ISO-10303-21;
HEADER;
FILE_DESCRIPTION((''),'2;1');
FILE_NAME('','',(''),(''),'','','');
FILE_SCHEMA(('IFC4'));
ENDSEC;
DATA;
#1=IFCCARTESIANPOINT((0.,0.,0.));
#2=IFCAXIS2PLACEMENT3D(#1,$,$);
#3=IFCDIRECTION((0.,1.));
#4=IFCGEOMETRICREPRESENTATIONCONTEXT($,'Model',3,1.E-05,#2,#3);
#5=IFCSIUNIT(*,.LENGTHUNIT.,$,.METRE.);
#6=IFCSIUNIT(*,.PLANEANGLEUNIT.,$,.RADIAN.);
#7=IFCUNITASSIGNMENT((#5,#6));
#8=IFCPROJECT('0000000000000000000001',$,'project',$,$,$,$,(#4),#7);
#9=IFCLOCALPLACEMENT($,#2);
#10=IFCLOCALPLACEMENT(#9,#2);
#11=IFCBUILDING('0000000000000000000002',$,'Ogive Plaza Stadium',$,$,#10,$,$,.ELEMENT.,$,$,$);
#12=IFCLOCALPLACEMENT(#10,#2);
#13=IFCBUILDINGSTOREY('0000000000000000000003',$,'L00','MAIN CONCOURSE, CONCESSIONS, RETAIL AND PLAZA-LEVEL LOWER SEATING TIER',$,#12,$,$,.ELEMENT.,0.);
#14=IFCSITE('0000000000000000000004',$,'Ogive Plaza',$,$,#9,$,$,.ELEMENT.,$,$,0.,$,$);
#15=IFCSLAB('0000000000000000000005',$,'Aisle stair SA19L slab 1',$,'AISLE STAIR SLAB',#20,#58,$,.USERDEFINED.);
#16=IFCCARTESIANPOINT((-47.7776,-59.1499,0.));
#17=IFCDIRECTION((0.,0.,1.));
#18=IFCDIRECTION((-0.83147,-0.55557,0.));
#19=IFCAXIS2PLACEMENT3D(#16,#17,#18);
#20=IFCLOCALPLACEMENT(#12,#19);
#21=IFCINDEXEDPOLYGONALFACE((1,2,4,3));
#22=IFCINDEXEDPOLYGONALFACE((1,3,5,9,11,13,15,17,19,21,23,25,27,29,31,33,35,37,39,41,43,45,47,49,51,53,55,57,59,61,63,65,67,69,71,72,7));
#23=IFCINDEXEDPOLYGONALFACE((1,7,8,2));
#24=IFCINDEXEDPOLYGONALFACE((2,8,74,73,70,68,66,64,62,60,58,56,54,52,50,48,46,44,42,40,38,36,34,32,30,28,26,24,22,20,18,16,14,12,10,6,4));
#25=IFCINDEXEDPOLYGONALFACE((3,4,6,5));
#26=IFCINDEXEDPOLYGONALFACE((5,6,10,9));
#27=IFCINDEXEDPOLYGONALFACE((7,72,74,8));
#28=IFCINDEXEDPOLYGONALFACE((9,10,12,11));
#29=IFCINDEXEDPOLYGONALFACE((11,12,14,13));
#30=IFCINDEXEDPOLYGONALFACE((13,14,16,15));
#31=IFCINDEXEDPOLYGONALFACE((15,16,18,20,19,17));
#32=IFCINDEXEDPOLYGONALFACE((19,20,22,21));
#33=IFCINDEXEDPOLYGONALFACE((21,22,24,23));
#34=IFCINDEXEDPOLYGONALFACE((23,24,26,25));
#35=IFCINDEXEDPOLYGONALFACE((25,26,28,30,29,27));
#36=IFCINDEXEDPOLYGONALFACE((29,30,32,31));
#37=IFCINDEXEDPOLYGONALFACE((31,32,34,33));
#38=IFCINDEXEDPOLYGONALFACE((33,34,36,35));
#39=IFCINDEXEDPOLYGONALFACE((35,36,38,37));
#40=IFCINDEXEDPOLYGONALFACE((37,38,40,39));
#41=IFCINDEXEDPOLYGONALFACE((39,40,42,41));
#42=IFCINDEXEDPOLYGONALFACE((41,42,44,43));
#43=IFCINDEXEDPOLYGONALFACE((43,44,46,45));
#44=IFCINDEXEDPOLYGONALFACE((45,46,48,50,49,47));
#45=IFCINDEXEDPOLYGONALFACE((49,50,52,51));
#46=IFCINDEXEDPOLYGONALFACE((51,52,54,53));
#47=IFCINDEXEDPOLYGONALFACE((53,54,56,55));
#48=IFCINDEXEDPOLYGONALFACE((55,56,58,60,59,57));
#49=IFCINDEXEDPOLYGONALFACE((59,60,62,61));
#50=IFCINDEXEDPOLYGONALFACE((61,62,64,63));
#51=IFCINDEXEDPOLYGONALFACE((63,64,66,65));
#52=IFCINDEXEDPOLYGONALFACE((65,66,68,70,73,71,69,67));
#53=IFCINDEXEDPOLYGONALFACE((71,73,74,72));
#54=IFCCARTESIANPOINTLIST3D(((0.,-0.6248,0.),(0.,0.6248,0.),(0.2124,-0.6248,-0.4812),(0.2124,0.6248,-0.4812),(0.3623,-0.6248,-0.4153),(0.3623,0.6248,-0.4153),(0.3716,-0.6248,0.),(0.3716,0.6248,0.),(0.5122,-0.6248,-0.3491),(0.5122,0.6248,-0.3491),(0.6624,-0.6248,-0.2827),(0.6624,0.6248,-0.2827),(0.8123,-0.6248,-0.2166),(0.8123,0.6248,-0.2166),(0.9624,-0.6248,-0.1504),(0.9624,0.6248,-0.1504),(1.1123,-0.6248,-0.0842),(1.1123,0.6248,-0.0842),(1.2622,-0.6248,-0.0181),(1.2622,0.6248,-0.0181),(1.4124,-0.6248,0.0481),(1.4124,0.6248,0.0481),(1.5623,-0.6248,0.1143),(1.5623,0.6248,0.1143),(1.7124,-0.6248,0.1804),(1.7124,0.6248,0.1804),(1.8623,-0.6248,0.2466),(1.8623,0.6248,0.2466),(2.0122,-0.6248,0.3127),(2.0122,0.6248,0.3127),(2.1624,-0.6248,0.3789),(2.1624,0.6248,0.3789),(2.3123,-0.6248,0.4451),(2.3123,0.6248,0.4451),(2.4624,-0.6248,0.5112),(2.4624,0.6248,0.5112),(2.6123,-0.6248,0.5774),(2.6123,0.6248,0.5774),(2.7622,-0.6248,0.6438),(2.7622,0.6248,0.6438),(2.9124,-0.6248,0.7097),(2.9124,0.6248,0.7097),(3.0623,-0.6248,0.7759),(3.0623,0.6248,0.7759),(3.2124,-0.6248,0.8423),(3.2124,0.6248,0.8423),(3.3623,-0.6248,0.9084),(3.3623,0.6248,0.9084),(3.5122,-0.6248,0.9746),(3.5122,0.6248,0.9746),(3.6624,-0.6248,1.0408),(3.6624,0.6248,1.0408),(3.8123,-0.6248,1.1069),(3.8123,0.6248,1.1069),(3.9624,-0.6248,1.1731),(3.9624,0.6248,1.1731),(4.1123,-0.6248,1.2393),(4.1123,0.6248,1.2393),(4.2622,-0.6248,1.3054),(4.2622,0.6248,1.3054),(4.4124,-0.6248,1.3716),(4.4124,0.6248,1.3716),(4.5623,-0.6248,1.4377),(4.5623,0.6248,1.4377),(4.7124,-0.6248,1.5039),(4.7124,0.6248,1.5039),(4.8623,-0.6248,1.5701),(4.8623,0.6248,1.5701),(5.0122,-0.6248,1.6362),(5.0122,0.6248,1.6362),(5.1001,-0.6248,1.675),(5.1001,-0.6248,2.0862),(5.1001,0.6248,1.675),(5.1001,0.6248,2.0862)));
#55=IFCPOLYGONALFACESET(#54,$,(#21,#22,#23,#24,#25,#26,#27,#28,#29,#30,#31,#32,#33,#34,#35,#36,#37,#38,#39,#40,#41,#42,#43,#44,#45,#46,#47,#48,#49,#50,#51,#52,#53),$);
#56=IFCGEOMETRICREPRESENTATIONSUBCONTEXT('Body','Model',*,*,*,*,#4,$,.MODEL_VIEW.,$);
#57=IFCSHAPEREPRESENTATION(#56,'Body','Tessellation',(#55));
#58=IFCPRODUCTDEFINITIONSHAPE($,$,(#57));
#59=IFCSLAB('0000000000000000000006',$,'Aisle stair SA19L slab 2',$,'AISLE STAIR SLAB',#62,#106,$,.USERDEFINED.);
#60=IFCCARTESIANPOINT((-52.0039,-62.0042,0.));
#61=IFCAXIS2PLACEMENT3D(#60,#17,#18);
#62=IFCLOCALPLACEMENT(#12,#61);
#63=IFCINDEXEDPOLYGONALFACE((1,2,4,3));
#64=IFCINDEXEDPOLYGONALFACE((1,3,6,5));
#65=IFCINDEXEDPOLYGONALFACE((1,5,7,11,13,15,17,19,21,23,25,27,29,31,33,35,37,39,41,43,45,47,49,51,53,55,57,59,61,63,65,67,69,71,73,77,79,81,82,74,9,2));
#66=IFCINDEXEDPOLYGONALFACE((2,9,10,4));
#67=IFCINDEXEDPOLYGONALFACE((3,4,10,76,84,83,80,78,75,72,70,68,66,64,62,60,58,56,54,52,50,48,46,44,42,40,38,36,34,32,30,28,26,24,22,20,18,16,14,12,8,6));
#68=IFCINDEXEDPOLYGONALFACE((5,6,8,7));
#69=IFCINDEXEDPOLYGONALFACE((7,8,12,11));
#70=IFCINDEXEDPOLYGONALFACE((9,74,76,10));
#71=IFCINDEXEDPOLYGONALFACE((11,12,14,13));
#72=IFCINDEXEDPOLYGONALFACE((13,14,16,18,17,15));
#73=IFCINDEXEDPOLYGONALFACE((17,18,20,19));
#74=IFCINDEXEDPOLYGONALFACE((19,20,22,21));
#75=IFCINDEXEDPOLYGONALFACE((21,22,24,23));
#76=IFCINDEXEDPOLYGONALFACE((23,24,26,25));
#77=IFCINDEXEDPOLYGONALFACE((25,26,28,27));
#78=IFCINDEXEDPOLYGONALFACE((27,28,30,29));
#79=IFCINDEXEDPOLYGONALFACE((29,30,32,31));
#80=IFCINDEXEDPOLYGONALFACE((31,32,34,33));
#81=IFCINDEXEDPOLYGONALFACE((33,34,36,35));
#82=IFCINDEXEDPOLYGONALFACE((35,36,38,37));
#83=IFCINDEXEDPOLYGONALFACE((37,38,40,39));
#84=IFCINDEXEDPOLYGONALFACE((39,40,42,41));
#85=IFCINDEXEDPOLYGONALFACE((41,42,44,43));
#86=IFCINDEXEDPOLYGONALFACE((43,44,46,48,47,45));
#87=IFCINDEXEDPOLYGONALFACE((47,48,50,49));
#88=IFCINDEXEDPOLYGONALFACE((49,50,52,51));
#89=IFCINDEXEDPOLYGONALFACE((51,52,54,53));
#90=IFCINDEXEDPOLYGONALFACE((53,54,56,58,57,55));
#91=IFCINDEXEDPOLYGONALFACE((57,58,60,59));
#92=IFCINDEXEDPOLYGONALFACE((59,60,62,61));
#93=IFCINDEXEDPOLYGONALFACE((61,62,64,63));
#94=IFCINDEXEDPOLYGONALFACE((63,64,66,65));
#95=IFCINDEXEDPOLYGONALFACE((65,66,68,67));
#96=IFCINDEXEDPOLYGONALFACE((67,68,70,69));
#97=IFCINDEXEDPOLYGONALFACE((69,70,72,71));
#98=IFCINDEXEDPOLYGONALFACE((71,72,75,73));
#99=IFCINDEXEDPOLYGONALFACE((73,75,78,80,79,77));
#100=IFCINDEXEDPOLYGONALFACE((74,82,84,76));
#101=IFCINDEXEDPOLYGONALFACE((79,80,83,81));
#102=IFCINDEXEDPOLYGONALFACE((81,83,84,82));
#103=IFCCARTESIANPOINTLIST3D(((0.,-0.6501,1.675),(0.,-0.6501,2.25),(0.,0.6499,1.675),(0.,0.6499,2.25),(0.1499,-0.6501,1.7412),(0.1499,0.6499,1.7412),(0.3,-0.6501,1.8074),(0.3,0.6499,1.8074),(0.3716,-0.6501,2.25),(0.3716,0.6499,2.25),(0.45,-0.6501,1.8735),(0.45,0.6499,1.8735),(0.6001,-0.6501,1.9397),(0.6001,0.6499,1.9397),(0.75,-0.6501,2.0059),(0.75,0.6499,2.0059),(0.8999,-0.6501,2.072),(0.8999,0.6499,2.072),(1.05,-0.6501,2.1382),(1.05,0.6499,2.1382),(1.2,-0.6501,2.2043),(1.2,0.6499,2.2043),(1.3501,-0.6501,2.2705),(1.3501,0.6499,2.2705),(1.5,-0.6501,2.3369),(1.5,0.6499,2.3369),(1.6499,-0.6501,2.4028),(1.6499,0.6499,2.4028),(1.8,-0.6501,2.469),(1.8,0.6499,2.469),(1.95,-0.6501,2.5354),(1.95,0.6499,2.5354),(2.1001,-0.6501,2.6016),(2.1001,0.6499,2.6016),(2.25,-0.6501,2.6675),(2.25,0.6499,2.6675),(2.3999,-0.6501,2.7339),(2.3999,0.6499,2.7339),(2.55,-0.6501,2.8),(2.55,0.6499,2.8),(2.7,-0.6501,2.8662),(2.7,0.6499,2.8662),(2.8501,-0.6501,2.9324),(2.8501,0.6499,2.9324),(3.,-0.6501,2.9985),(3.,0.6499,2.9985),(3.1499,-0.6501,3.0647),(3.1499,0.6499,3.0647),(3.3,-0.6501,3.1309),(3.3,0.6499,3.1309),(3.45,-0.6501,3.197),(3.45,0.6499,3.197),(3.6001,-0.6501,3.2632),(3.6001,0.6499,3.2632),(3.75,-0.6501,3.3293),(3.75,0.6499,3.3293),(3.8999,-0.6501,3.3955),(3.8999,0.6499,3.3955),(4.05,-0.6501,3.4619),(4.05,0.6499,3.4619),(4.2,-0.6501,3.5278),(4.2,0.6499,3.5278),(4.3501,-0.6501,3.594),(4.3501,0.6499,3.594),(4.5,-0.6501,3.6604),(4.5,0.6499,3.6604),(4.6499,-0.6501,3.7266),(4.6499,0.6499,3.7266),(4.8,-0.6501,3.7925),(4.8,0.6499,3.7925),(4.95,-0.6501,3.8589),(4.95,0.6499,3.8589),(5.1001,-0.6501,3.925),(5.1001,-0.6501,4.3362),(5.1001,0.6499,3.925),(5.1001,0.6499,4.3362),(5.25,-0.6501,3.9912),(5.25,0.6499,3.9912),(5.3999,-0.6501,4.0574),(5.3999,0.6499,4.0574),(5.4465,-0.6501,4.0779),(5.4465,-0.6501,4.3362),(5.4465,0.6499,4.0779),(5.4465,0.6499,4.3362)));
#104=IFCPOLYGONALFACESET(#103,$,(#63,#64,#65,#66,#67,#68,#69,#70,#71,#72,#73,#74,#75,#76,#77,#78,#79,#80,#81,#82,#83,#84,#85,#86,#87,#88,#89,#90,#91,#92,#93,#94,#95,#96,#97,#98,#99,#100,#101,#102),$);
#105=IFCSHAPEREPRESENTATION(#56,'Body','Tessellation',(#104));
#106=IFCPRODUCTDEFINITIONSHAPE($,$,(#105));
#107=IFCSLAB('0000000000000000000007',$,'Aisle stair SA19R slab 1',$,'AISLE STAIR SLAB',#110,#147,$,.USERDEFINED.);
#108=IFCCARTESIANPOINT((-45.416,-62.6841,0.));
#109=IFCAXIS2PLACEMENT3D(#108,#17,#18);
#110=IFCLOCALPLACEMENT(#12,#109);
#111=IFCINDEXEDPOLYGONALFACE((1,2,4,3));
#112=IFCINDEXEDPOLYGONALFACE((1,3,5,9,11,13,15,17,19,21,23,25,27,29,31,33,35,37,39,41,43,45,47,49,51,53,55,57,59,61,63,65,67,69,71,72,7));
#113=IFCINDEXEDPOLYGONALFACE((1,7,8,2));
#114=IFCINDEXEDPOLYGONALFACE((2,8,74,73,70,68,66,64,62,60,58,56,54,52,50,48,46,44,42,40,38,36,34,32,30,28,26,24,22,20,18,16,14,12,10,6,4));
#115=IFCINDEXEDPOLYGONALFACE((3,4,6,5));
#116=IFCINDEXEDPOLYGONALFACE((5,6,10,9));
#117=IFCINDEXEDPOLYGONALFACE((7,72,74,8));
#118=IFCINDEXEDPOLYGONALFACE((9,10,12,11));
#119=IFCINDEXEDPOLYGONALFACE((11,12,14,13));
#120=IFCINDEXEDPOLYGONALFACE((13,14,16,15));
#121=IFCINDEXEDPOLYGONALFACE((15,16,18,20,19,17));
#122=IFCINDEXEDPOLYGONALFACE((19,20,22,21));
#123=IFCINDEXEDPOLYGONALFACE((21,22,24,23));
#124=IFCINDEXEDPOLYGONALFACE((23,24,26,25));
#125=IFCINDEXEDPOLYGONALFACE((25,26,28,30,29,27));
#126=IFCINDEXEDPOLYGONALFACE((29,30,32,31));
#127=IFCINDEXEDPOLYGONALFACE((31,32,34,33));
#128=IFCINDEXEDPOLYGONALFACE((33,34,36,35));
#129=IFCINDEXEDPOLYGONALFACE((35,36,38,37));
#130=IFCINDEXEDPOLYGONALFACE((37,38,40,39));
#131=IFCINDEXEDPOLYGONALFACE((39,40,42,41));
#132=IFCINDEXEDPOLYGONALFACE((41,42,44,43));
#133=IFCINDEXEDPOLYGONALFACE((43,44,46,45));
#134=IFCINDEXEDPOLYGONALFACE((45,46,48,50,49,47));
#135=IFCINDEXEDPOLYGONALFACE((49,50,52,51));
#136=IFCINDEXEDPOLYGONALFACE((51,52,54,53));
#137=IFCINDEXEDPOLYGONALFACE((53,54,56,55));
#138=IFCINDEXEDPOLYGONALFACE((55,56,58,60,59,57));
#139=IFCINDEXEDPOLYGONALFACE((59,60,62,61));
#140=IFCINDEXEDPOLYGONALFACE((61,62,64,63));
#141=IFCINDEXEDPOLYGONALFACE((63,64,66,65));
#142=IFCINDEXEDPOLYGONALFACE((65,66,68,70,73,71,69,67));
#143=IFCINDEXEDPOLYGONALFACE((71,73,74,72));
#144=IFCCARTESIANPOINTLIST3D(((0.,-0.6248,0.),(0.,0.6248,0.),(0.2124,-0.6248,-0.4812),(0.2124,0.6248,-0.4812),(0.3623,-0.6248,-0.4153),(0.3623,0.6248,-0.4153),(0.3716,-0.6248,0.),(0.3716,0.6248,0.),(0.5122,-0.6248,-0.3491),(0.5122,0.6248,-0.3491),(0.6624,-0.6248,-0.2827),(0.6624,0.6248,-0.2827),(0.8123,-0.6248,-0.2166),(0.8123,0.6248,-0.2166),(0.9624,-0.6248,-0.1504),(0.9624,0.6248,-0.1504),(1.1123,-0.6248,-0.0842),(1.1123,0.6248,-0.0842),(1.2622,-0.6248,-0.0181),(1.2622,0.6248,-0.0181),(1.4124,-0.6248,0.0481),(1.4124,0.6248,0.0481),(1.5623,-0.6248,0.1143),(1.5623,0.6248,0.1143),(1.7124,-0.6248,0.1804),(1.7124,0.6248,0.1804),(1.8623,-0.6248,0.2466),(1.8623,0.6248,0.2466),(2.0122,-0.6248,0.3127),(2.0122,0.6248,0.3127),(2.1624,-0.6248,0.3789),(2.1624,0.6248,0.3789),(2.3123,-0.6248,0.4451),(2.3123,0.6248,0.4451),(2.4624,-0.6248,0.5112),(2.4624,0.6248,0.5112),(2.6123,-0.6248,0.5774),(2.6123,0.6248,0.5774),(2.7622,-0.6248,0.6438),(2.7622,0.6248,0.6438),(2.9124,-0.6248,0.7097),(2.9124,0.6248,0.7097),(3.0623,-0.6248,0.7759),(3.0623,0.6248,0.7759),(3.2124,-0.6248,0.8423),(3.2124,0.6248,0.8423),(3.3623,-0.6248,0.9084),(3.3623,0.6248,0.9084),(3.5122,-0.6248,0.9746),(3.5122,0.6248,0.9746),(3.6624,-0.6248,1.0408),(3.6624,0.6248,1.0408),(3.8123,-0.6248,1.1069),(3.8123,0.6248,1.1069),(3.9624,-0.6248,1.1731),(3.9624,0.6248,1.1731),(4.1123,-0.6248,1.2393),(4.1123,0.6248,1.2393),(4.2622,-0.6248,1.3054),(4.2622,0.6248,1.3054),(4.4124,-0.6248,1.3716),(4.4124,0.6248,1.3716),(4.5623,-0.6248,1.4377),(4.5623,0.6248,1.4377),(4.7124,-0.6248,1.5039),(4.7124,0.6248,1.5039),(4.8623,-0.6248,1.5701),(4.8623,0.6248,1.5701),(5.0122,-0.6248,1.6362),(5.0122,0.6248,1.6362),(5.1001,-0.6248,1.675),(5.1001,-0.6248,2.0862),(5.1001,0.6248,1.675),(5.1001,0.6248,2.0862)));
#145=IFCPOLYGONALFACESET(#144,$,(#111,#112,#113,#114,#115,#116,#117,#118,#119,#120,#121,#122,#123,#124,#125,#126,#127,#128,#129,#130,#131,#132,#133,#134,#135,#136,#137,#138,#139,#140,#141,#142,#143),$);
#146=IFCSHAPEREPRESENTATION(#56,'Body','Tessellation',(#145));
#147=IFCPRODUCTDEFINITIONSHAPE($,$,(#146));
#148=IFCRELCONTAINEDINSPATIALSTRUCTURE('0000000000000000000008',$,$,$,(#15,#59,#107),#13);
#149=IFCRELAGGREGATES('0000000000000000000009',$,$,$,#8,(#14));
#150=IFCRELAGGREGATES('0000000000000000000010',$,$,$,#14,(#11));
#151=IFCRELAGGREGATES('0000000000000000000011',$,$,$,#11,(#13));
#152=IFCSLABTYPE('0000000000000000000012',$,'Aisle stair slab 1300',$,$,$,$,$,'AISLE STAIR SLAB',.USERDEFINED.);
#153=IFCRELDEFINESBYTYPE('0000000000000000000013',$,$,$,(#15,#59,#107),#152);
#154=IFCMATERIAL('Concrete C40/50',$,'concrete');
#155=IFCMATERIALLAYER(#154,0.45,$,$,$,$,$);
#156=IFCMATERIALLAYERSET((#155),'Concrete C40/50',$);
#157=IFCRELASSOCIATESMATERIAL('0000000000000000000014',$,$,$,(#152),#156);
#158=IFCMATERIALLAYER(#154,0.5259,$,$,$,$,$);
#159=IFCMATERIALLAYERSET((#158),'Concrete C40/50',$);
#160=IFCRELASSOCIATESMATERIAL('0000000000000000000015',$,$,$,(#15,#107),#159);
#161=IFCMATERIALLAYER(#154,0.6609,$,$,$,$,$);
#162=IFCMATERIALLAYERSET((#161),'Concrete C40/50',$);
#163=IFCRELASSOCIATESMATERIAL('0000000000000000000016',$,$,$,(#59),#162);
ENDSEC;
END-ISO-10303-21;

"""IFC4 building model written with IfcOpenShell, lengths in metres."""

from ifc_helpers import new_model, si_unit, direction, frame, origin, place, context, subcontext, project, spatial, polyline, outline, extrude, material, layer, layer_set, type_object, element, save


model = new_model("IFC4")

# Units and contexts
model_context = context("Model", 3, precision=1e-05, world=origin(), true_north=direction((0.0, 1.0)))
body_context = subcontext(model_context, "Body", "Model", "MODEL_VIEW")
ifc_project = project(units=[si_unit("LENGTHUNIT", "METRE"), si_unit("PLANEANGLEUNIT", "RADIAN")], contexts=[model_context])

# Site, building, storey
site_placement = place(None, origin())
site = spatial("IfcSite", under=ifc_project, at=site_placement, Name="Ogive Plaza", CompositionType="ELEMENT", RefElevation=0.0)
building_placement = place(site_placement, origin())
building = spatial("IfcBuilding", under=site, at=building_placement, Name="Ogive Plaza Stadium", CompositionType="ELEMENT")
storey_placement = place(building_placement, origin())
storey = spatial("IfcBuildingStorey", under=building, at=storey_placement, Name="L00", Description="MAIN CONCOURSE, CONCESSIONS, RETAIL AND PLAZA-LEVEL LOWER SEATING TIER", CompositionType="ELEMENT", Elevation=0.0)

# Slabs
ifc_material_1 = material(Name="Concrete C40/50", Category="concrete")
ifc_layer_1 = layer(ifc_material_1, 0.5259)
ifc_layer_set_1 = layer_set([ifc_layer_1], Name="Concrete C40/50")
ifc_layer_2 = layer(ifc_material_1, 0.45)
ifc_layer_set_2 = layer_set([ifc_layer_2], Name="Concrete C40/50")
slab_type = type_object("IfcSlabType", Name="Aisle stair slab 1300", ElementType="AISLE STAIR SLAB", PredefinedType="USERDEFINED", material=ifc_layer_set_2)
slab_1_placement = place(storey_placement, frame((-47.7776, -59.1499, 0.0), z_axis=(0.0, 0.0, 1.0), x_axis=(-0.83147, -0.55557, 0.0)))
element("IfcSlab", 1, at=slab_1_placement, inside=storey, type_object=slab_type, material=ifc_layer_set_1, Name="Aisle stair SA19L slab 1", ObjectType="AISLE STAIR SLAB", PredefinedType="USERDEFINED", context=body_context, shape_type="SweptSolid", body=[
    extrude(outline(polyline([(0.0, 0.0), (0.3716, 0.0), (5.1001, 2.0862), (5.1001, 1.675), (5.0122, 1.6362), (4.8623, 1.5701), (4.7124, 1.5039), (4.5623, 1.4377), (4.4124, 1.3716), (4.2622, 1.3054), (4.1123, 1.2393), (3.9624, 1.1731), (3.8123, 1.1069), (3.6624, 1.0408), (3.5122, 0.9746), (3.3623, 0.9084), (3.2124, 0.8423), (3.0623, 0.7759), (2.9124, 0.7097), (2.7622, 0.6438), (2.6123, 0.5774), (2.4624, 0.5112), (2.3123, 0.4451), (2.1624, 0.3789), (2.0122, 0.3127), (1.8623, 0.2466), (1.7124, 0.1804), (1.5623, 0.1143), (1.4124, 0.0481), (1.2622, -0.0181), (1.1123, -0.0842), (0.9624, -0.1504), (0.8123, -0.2166), (0.6624, -0.2827), (0.5122, -0.3491), (0.3623, -0.4153), (0.2124, -0.4812), (0.0, 0.0)])), frame((0.0, 0.6248, 0.0), z_axis=(0.0, -1.0, 0.0), x_axis=(1.0, 0.0, 0.0)), (0.0, 0.0, 1.0), 1.2495),
])
ifc_layer_3 = layer(ifc_material_1, 0.6609)
ifc_layer_set_3 = layer_set([ifc_layer_3], Name="Concrete C40/50")
slab_2_placement = place(storey_placement, frame((-52.0039, -62.0042, 0.0), z_axis=(0.0, 0.0, 1.0), x_axis=(-0.83147, -0.55557, 0.0)))
element("IfcSlab", 2, at=slab_2_placement, inside=storey, type_object=slab_type, material=ifc_layer_set_3, Name="Aisle stair SA19L slab 2", ObjectType="AISLE STAIR SLAB", PredefinedType="USERDEFINED", context=body_context, shape_type="SweptSolid", body=[
    extrude(outline(polyline([(0.0, 2.25), (0.3716, 2.25), (5.1001, 4.3362), (5.4465, 4.3362), (5.4465, 4.0779), (5.3999, 4.0574), (5.25, 3.9912), (5.1001, 3.925), (4.95, 3.8589), (4.8, 3.7925), (4.6499, 3.7266), (4.5, 3.6604), (4.3501, 3.594), (4.2, 3.5278), (4.05, 3.4619), (3.8999, 3.3955), (3.75, 3.3293), (3.6001, 3.2632), (3.45, 3.197), (3.3, 3.1309), (3.1499, 3.0647), (3.0, 2.9985), (2.8501, 2.9324), (2.7, 2.8662), (2.55, 2.8), (2.3999, 2.7339), (2.25, 2.6675), (2.1001, 2.6016), (1.95, 2.5354), (1.8, 2.469), (1.6499, 2.4028), (1.5, 2.3369), (1.3501, 2.2705), (1.2, 2.2043), (1.05, 2.1382), (0.8999, 2.072), (0.75, 2.0059), (0.6001, 1.9397), (0.45, 1.8735), (0.3, 1.8074), (0.1499, 1.7412), (0.0, 1.675), (0.0, 2.25)])), frame((0.0, 0.6499, 0.0), z_axis=(0.0, -1.0, 0.0), x_axis=(1.0, 0.0, 0.0)), (0.0, 0.0, 1.0), 1.3),
])
slab_3_placement = place(storey_placement, frame((-45.416, -62.6841, 0.0), z_axis=(0.0, 0.0, 1.0), x_axis=(-0.83147, -0.55557, 0.0)))
element("IfcSlab", 3, at=slab_3_placement, inside=storey, type_object=slab_type, material=ifc_layer_set_1, Name="Aisle stair SA19R slab 1", ObjectType="AISLE STAIR SLAB", PredefinedType="USERDEFINED", context=body_context, shape_type="SweptSolid", body=[
    extrude(outline(polyline([(0.0, 0.0), (0.3716, 0.0), (5.1001, 2.0862), (5.1001, 1.675), (5.0122, 1.6362), (4.8623, 1.5701), (4.7124, 1.5039), (4.5623, 1.4377), (4.4124, 1.3716), (4.2622, 1.3054), (4.1123, 1.2393), (3.9624, 1.1731), (3.8123, 1.1069), (3.6624, 1.0408), (3.5122, 0.9746), (3.3623, 0.9084), (3.2124, 0.8423), (3.0623, 0.7759), (2.9124, 0.7097), (2.7622, 0.6438), (2.6123, 0.5774), (2.4624, 0.5112), (2.3123, 0.4451), (2.1624, 0.3789), (2.0122, 0.3127), (1.8623, 0.2466), (1.7124, 0.1804), (1.5623, 0.1143), (1.4124, 0.0481), (1.2622, -0.0181), (1.1123, -0.0842), (0.9624, -0.1504), (0.8123, -0.2166), (0.6624, -0.2827), (0.5122, -0.3491), (0.3623, -0.4153), (0.2124, -0.4812), (0.0, 0.0)])), frame((0.0, 0.6248, 0.0), z_axis=(0.0, -1.0, 0.0), x_axis=(1.0, 0.0, 0.0)), (0.0, 0.0, 1.0), 1.2495),
])

save(model, "model.ifc")
